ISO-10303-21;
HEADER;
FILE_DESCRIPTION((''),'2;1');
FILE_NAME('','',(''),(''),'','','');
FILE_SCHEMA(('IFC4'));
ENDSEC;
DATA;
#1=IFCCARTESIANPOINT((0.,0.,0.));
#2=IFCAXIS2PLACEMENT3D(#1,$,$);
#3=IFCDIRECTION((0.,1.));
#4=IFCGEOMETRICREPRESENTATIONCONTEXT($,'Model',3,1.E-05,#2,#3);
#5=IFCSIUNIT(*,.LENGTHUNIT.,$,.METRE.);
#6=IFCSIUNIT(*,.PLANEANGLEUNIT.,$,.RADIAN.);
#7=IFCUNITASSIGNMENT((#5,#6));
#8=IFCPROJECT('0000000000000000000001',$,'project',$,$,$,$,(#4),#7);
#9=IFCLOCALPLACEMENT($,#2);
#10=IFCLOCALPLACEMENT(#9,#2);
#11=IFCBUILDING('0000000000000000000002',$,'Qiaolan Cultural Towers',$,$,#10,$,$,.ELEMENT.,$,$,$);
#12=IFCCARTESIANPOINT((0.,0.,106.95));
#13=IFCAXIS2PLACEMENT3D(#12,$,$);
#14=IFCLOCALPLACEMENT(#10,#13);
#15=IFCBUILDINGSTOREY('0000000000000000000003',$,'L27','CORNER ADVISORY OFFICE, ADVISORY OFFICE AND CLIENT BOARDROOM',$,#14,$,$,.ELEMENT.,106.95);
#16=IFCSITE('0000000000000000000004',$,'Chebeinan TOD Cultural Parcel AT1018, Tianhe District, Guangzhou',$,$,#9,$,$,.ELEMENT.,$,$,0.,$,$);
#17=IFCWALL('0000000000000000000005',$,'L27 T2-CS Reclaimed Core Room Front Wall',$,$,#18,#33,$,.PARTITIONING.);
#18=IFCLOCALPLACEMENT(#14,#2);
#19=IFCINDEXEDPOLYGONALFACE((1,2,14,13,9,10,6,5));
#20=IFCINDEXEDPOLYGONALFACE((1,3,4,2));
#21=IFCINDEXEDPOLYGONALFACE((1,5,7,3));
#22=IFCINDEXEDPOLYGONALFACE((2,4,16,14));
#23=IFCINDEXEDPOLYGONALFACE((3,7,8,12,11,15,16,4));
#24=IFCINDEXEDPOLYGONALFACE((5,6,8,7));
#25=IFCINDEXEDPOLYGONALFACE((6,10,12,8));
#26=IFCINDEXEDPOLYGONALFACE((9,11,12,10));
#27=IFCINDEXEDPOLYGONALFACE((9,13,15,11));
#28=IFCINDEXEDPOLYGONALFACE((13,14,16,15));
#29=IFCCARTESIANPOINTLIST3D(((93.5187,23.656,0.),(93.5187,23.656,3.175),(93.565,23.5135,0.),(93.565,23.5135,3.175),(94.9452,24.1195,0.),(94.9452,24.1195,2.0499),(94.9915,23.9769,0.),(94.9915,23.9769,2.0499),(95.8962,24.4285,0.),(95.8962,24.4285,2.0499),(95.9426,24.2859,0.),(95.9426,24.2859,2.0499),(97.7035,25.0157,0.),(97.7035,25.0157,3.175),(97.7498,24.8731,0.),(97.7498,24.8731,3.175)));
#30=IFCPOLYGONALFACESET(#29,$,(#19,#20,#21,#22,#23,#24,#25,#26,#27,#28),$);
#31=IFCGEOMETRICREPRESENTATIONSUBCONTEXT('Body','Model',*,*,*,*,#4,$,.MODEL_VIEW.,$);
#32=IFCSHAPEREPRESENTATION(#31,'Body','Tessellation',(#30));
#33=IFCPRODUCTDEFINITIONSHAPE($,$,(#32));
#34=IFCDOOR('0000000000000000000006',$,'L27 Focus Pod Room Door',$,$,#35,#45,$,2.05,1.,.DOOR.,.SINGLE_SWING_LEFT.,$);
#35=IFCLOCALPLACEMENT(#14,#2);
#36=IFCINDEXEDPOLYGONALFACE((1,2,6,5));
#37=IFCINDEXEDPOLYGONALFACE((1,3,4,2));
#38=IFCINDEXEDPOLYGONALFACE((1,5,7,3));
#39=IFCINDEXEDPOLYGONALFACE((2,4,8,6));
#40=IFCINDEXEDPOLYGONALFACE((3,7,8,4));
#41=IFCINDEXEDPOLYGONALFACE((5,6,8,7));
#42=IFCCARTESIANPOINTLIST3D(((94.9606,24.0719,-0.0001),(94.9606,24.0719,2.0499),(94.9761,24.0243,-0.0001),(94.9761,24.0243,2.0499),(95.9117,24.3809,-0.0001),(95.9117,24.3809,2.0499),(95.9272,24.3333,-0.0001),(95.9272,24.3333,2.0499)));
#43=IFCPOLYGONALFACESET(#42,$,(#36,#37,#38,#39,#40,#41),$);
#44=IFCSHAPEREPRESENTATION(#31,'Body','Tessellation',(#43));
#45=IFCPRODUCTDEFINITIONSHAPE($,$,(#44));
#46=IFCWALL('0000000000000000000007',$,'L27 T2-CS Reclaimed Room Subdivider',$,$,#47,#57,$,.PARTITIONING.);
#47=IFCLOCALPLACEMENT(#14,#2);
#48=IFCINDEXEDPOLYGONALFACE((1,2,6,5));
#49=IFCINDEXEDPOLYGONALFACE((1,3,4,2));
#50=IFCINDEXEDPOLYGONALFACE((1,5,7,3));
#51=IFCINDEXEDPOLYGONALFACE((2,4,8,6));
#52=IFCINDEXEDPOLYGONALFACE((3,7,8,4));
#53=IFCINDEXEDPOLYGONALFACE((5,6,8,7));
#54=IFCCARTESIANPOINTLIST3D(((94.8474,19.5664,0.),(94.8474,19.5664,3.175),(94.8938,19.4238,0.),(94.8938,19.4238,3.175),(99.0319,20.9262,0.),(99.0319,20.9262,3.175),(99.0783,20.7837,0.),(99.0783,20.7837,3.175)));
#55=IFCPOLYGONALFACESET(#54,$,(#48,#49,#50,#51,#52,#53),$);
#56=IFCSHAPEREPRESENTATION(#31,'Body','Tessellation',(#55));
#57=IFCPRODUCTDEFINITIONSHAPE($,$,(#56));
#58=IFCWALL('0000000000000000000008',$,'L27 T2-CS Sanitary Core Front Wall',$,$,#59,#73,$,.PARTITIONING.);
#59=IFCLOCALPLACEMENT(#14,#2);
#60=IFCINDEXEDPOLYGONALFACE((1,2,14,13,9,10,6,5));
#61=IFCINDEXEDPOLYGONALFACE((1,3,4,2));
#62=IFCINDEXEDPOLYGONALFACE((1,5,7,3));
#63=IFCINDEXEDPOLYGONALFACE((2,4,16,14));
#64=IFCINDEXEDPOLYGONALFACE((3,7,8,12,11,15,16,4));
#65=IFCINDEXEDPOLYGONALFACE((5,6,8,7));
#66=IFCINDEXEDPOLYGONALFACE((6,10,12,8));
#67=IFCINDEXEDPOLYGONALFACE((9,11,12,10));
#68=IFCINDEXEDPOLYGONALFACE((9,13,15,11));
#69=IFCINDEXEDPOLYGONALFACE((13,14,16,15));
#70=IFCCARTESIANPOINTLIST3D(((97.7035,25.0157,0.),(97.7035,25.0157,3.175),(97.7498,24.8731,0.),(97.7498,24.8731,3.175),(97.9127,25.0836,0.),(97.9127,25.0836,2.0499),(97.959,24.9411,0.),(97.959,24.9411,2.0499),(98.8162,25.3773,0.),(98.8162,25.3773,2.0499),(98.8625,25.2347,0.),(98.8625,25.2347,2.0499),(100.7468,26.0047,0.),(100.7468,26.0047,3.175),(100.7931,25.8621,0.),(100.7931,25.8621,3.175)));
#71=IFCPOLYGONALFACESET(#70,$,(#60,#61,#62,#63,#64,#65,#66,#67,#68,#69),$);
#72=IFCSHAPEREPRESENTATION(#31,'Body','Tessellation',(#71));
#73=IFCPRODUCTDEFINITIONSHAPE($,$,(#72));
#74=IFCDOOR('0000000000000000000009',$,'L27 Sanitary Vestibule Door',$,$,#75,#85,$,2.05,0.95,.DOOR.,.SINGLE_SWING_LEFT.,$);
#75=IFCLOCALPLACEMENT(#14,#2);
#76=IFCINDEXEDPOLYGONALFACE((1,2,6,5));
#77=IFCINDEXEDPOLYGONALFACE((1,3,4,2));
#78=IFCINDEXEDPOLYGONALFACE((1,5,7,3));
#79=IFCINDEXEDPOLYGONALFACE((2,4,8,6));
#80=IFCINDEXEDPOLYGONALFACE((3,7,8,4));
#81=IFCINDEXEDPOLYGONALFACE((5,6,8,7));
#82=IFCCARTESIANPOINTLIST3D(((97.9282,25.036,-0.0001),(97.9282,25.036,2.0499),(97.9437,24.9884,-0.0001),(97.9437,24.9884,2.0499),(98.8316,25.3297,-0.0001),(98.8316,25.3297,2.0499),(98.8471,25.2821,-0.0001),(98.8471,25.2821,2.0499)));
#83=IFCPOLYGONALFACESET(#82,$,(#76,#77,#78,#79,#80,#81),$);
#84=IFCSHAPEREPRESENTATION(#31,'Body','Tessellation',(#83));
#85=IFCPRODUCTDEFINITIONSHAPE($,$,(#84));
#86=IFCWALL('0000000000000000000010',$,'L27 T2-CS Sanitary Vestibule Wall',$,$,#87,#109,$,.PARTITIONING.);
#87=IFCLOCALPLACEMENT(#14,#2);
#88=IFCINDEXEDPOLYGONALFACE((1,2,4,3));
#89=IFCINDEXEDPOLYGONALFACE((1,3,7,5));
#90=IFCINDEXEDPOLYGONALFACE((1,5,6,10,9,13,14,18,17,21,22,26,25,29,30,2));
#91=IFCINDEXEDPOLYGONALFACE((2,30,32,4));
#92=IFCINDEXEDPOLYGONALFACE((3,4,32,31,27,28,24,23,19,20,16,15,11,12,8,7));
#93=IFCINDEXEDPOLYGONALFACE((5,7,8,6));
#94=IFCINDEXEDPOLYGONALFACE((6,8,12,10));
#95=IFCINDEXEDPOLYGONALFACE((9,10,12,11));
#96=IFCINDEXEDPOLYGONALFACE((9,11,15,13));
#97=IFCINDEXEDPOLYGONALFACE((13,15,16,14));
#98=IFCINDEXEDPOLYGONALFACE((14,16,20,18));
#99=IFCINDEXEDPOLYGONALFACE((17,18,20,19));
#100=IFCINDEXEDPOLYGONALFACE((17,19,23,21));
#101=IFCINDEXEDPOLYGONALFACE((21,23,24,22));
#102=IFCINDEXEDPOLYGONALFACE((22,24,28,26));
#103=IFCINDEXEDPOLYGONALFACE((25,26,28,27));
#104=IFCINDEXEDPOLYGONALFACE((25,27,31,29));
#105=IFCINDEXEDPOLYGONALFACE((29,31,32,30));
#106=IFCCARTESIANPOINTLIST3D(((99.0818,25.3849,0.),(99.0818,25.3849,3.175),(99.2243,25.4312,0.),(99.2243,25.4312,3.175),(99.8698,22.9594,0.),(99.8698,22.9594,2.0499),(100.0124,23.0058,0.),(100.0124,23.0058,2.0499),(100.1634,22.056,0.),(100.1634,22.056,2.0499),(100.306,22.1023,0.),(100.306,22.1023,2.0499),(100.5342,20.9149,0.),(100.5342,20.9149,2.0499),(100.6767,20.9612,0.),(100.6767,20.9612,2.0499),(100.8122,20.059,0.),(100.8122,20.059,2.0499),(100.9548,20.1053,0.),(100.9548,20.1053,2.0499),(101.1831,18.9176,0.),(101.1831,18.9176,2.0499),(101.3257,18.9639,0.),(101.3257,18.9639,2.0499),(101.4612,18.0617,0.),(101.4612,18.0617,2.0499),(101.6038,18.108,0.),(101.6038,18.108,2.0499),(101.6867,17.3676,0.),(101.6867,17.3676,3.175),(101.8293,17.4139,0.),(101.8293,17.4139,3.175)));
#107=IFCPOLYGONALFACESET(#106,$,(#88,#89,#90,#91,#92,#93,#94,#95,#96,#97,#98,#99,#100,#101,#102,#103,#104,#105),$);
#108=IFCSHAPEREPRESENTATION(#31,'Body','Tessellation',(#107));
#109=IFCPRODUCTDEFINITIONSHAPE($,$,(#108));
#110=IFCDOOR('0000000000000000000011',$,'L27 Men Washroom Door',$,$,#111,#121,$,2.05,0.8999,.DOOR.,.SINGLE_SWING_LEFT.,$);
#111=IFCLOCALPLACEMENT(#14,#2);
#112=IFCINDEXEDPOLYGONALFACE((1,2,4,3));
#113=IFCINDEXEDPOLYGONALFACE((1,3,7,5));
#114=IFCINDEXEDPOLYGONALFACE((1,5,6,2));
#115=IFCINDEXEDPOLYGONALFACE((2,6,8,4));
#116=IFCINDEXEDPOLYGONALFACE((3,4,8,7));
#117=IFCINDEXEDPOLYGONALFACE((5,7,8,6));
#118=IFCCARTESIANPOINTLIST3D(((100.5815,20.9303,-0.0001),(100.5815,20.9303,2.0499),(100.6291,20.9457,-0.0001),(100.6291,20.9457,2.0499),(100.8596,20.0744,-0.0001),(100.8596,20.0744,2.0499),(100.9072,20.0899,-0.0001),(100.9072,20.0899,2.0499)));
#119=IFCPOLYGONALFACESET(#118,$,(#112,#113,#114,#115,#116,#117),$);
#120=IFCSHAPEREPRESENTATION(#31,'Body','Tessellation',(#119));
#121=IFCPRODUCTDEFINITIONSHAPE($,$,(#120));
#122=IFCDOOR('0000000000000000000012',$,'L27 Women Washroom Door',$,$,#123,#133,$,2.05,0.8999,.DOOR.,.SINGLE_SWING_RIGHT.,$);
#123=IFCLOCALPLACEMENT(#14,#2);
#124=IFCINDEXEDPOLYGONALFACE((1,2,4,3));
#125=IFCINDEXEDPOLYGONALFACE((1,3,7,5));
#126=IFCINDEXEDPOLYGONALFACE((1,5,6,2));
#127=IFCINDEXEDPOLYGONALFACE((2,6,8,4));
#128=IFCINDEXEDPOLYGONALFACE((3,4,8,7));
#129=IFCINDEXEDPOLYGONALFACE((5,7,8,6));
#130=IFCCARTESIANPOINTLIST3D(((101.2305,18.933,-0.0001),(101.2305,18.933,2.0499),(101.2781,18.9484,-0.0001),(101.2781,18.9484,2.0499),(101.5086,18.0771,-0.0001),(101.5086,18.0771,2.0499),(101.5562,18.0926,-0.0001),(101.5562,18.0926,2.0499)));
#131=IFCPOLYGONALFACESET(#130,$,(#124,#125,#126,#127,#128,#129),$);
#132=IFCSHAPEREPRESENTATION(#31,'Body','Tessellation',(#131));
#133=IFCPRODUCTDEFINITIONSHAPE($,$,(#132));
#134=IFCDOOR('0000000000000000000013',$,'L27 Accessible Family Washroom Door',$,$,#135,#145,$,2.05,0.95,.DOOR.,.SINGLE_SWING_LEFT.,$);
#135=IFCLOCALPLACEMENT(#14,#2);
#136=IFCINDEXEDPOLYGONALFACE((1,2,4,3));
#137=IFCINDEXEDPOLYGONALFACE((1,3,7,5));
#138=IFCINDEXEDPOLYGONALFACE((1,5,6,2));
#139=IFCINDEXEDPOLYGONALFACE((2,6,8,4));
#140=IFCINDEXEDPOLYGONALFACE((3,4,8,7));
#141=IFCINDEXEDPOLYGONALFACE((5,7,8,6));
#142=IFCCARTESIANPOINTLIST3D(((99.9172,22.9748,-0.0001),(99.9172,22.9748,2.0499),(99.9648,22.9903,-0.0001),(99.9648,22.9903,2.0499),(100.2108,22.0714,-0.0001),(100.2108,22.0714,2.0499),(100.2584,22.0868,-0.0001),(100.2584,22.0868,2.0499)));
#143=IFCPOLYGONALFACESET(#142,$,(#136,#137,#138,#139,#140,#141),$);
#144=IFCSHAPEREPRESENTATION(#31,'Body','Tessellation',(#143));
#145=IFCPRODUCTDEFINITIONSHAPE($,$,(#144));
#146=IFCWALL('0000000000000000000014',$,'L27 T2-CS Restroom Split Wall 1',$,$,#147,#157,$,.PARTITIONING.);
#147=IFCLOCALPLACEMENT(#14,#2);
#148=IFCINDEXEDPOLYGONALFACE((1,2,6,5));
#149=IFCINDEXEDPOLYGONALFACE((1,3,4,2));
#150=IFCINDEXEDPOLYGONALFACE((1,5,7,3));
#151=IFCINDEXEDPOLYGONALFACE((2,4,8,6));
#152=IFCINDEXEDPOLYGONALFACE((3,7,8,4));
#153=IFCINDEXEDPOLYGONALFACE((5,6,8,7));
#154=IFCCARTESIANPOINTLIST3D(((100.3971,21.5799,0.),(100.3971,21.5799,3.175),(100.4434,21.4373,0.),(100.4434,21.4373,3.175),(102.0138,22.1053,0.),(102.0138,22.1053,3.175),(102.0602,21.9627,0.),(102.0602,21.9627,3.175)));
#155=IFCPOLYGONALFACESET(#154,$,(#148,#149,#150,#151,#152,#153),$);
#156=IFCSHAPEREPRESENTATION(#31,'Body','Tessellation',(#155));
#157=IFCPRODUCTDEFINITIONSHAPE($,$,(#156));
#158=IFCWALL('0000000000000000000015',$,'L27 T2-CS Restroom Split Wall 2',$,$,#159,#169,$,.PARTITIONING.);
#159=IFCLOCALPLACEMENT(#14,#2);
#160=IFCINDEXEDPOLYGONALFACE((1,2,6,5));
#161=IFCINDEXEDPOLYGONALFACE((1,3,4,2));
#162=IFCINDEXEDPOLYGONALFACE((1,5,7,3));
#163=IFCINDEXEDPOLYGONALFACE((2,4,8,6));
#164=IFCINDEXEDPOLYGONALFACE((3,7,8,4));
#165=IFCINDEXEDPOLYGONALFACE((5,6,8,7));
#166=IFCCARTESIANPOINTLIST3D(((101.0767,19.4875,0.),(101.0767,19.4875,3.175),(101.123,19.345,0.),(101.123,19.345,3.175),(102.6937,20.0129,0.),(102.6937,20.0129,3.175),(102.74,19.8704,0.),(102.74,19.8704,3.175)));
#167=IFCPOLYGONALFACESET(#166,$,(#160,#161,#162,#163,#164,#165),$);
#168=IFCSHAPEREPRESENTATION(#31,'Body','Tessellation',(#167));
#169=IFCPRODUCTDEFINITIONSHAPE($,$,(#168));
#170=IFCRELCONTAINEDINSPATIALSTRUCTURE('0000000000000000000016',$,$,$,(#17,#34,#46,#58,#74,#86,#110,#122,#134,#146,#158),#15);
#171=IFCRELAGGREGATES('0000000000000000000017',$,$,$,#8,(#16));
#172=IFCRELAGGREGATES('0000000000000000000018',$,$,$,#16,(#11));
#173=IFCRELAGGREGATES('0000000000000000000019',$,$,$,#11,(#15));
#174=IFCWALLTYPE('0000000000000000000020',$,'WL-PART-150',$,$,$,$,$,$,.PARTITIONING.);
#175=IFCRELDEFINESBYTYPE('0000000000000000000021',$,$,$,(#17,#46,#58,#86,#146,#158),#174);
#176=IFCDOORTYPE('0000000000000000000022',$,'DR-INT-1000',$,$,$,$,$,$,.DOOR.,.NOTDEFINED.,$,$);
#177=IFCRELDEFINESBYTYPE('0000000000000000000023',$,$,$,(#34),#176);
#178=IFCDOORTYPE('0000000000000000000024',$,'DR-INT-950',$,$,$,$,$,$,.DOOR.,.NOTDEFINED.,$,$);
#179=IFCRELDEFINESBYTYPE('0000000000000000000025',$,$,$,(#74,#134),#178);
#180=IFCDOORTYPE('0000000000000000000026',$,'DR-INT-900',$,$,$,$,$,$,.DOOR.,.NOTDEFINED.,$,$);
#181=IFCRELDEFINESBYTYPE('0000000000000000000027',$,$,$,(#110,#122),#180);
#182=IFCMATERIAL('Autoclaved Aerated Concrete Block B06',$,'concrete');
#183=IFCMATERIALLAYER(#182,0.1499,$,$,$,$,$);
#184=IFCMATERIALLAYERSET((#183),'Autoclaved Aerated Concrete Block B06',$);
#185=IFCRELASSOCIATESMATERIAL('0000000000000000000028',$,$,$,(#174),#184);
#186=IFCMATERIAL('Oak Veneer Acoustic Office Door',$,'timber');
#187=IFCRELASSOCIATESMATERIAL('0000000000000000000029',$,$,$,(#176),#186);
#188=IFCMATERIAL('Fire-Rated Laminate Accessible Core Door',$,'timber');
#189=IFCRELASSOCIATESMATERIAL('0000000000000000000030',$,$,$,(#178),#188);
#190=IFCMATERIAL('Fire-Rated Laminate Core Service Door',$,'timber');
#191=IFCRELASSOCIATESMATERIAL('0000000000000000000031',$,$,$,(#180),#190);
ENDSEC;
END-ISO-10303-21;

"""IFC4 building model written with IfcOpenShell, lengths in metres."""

from ifc_helpers import new_model, si_unit, direction, frame, frame_2d, origin, place, context, subcontext, project, spatial, rectangle, extrude, material, layer, layer_set, type_object, element, fill, save


model = new_model("IFC4")

# Units and contexts
model_context = context("Model", 3, precision=1e-05, world=origin(), true_north=direction((0.0, 1.0)))
body_context = subcontext(model_context, "Body", "Model", "MODEL_VIEW")
ifc_project = project(units=[si_unit("LENGTHUNIT", "METRE"), si_unit("PLANEANGLEUNIT", "RADIAN")], contexts=[model_context])

# Site, building, storey
site_placement = place(None, origin())
site = spatial("IfcSite", under=ifc_project, at=site_placement, Name="Chebeinan TOD Cultural Parcel AT1018, Tianhe District, Guangzhou", CompositionType="ELEMENT", RefElevation=0.0)
building_placement = place(site_placement, origin())
building = spatial("IfcBuilding", under=site, at=building_placement, Name="Qiaolan Cultural Towers", CompositionType="ELEMENT")
storey_placement = place(building_placement, frame((0.0, 0.0, 106.95)))
storey = spatial("IfcBuildingStorey", under=building, at=storey_placement, Name="L27", Description="CORNER ADVISORY OFFICE, ADVISORY OFFICE AND CLIENT BOARDROOM", CompositionType="ELEMENT", Elevation=106.95)

# Wall, opening, door
ifc_material_1 = material(Name="Autoclaved Aerated Concrete Block B06", Category="concrete")
ifc_layer_1 = layer(ifc_material_1, 0.1499)
ifc_layer_set_1 = layer_set([ifc_layer_1], Name="Autoclaved Aerated Concrete Block B06")
wall_type_1 = type_object("IfcWallType", Name="WL-PART-150", PredefinedType="PARTITIONING", material=ifc_layer_set_1)
wall_1_placement = place(storey_placement, frame((93.5417, 23.5847, 0.0), z_axis=(0.0, 0.0, 1.0), x_axis=(0.951064, 0.308994, 0.0)))
wall_1 = element("IfcWall", 1, at=wall_1_placement, inside=storey, type_object=wall_type_1, Name="L27 T2-CS Reclaimed Core Room Front Wall", PredefinedType="PARTITIONING", context=body_context, shape_type="SweptSolid", body=[
    extrude(rectangle(XDim=4.4001, YDim=0.1499, at=frame_2d((2.2002, 0.0))), origin(), (0.0, 0.0, 1.0), 3.175),
])
opening_1_placement = place(wall_1_placement, frame((1.5, 0.0, 0.0)))
opening_1 = element("IfcOpeningElement", 2, at=opening_1_placement, cuts=wall_1, PredefinedType="OPENING", context=body_context, shape_type="SweptSolid", body=[
    extrude(rectangle(XDim=1.0, YDim=2.05, at=frame_2d((0.5, 1.0249))), frame((0.0, 0.085, 0.0), z_axis=(0.0, -1.0, 0.0), x_axis=(1.0, 0.0, 0.0)), (0.0, 0.0, 1.0), 0.1699),
])
ifc_material_2 = material(Name="Oak Veneer Acoustic Office Door", Category="timber")
door_type_1 = type_object("IfcDoorType", Name="DR-INT-1000", OperationType="NOTDEFINED", PredefinedType="DOOR", material=ifc_material_2)
door_1_placement = place(opening_1_placement, origin())
door_1 = element("IfcDoor", 3, at=door_1_placement, inside=storey, type_object=door_type_1, Name="L27 Focus Pod Room Door", OperationType="SINGLE_SWING_LEFT", OverallHeight=2.05, OverallWidth=1.0, PredefinedType="DOOR", context=body_context, shape_type="SweptSolid", body=[
    extrude(rectangle(XDim=1.0, YDim=2.05, at=frame_2d((0.5, 1.0249))), frame((0.0, 0.0249, 0.0), z_axis=(0.0, -1.0, 0.0), x_axis=(1.0, 0.0, 0.0)), (0.0, 0.0, 1.0), 0.05),
])
fill(opening_1, door_1)

# Wall
wall_2_placement = place(storey_placement, frame((94.8706, 19.4951, 0.0), z_axis=(0.0, 0.0, 1.0), x_axis=(0.951042, 0.309061, 0.0)))
element("IfcWall", 4, at=wall_2_placement, inside=storey, type_object=wall_type_1, Name="L27 T2-CS Reclaimed Room Subdivider", PredefinedType="PARTITIONING", context=body_context, shape_type="SweptSolid", body=[
    extrude(rectangle(XDim=4.3999, YDim=0.1499, at=frame_2d((2.2, 0.0))), origin(), (0.0, 0.0, 1.0), 3.175),
])

# Wall, opening, door
wall_3_placement = place(storey_placement, frame((97.7266, 24.9443, 0.0), z_axis=(0.0, 0.0, 1.0), x_axis=(0.951037, 0.309077, 0.0)))
wall_3 = element("IfcWall", 5, at=wall_3_placement, inside=storey, type_object=wall_type_1, Name="L27 T2-CS Sanitary Core Front Wall", PredefinedType="PARTITIONING", context=body_context, shape_type="SweptSolid", body=[
    extrude(rectangle(XDim=3.2, YDim=0.1499, at=frame_2d((1.6001, 0.0))), origin(), (0.0, 0.0, 1.0), 3.175),
])
opening_2_placement = place(wall_3_placement, frame((0.22, 0.0, 0.0)))
opening_2 = element("IfcOpeningElement", 6, at=opening_2_placement, cuts=wall_3, PredefinedType="OPENING", context=body_context, shape_type="SweptSolid", body=[
    extrude(rectangle(XDim=0.95, YDim=2.05, at=frame_2d((0.4751, 1.0249))), frame((0.0, 0.085, 0.0), z_axis=(0.0, -1.0, 0.0), x_axis=(1.0, 0.0, 0.0)), (0.0, 0.0, 1.0), 0.1699),
])
ifc_material_3 = material(Name="Fire-Rated Laminate Accessible Core Door", Category="timber")
door_type_2 = type_object("IfcDoorType", Name="DR-INT-950", OperationType="NOTDEFINED", PredefinedType="DOOR", material=ifc_material_3)
door_2_placement = place(opening_2_placement, origin())
door_2 = element("IfcDoor", 7, at=door_2_placement, inside=storey, type_object=door_type_2, Name="L27 Sanitary Vestibule Door", OperationType="SINGLE_SWING_LEFT", OverallHeight=2.05, OverallWidth=0.95, PredefinedType="DOOR", context=body_context, shape_type="SweptSolid", body=[
    extrude(rectangle(XDim=0.95, YDim=2.05, at=frame_2d((0.4751, 1.0249))), frame((0.0, 0.0249, 0.0), z_axis=(0.0, -1.0, 0.0), x_axis=(1.0, 0.0, 0.0)), (0.0, 0.0, 1.0), 0.05),
])
fill(opening_2, door_2)

# Wall, openings, doors
wall_4_placement = place(storey_placement, frame((99.1531, 25.408, 0.0), z_axis=(0.0, 0.0, 1.0), x_axis=(0.309016, -0.951057, 0.0)))
wall_4 = element("IfcWall", 8, at=wall_4_placement, inside=storey, type_object=wall_type_1, Name="L27 T2-CS Sanitary Vestibule Wall", PredefinedType="PARTITIONING", context=body_context, shape_type="SweptSolid", body=[
    extrude(rectangle(XDim=8.4299, YDim=0.1499, at=frame_2d((4.2148, 0.0))), origin(), (0.0, 0.0, 1.0), 3.175),
])
opening_3_placement = place(wall_4_placement, frame((2.55, 0.0, 0.0)))
opening_3 = element("IfcOpeningElement", 9, at=opening_3_placement, cuts=wall_4, PredefinedType="OPENING", context=body_context, shape_type="SweptSolid", body=[
    extrude(rectangle(XDim=0.95, YDim=2.05, at=frame_2d((0.4751, 1.0249))), frame((0.0, 0.085, 0.0), z_axis=(0.0, -1.0, 0.0), x_axis=(1.0, 0.0, 0.0)), (0.0, 0.0, 1.0), 0.1699),
])
opening_4_placement = place(wall_4_placement, frame((4.7, 0.0, 0.0)))
opening_4 = element("IfcOpeningElement", 10, at=opening_4_placement, cuts=wall_4, PredefinedType="OPENING", context=body_context, shape_type="SweptSolid", body=[
    extrude(rectangle(XDim=0.8999, YDim=2.05, at=frame_2d((0.45, 1.0249))), frame((0.0, 0.085, 0.0), z_axis=(0.0, -1.0, 0.0), x_axis=(1.0, 0.0, 0.0)), (0.0, 0.0, 1.0), 0.1699),
])
opening_5_placement = place(wall_4_placement, frame((6.8, 0.0, 0.0)))
opening_5 = element("IfcOpeningElement", 11, at=opening_5_placement, cuts=wall_4, PredefinedType="OPENING", context=body_context, shape_type="SweptSolid", body=[
    extrude(rectangle(XDim=0.8999, YDim=2.05, at=frame_2d((0.45, 1.0249))), frame((0.0, 0.085, 0.0), z_axis=(0.0, -1.0, 0.0), x_axis=(1.0, 0.0, 0.0)), (0.0, 0.0, 1.0), 0.1699),
])
ifc_material_4 = material(Name="Fire-Rated Laminate Core Service Door", Category="timber")
door_type_3 = type_object("IfcDoorType", Name="DR-INT-900", OperationType="NOTDEFINED", PredefinedType="DOOR", material=ifc_material_4)
door_3_placement = place(opening_4_placement, origin())
door_3 = element("IfcDoor", 12, at=door_3_placement, inside=storey, type_object=door_type_3, Name="L27 Men Washroom Door", OperationType="SINGLE_SWING_LEFT", OverallHeight=2.05, OverallWidth=0.8999, PredefinedType="DOOR", context=body_context, shape_type="SweptSolid", body=[
    extrude(rectangle(XDim=0.8999, YDim=2.05, at=frame_2d((0.45, 1.0249))), frame((0.0, 0.0249, 0.0), z_axis=(0.0, -1.0, 0.0), x_axis=(1.0, 0.0, 0.0)), (0.0, 0.0, 1.0), 0.05),
])
fill(opening_4, door_3)
door_4_placement = place(opening_5_placement, origin())
door_4 = element("IfcDoor", 13, at=door_4_placement, inside=storey, type_object=door_type_3, Name="L27 Women Washroom Door", OperationType="SINGLE_SWING_RIGHT", OverallHeight=2.05, OverallWidth=0.8999, PredefinedType="DOOR", context=body_context, shape_type="SweptSolid", body=[
    extrude(rectangle(XDim=0.8999, YDim=2.05, at=frame_2d((0.45, 1.0249))), frame((0.0, 0.0249, 0.0), z_axis=(0.0, -1.0, 0.0), x_axis=(1.0, 0.0, 0.0)), (0.0, 0.0, 1.0), 0.05),
])
fill(opening_5, door_4)
door_5_placement = place(opening_3_placement, origin())
door_5 = element("IfcDoor", 14, at=door_5_placement, inside=storey, type_object=door_type_2, Name="L27 Accessible Family Washroom Door", OperationType="SINGLE_SWING_LEFT", OverallHeight=2.05, OverallWidth=0.95, PredefinedType="DOOR", context=body_context, shape_type="SweptSolid", body=[
    extrude(rectangle(XDim=0.95, YDim=2.05, at=frame_2d((0.4751, 1.0249))), frame((0.0, 0.0249, 0.0), z_axis=(0.0, -1.0, 0.0), x_axis=(1.0, 0.0, 0.0)), (0.0, 0.0, 1.0), 0.05),
])
fill(opening_3, door_5)

# Walls
wall_5_placement = place(storey_placement, frame((100.4202, 21.5085, 0.0), z_axis=(0.0, 0.0, 1.0), x_axis=(0.95104, 0.309067, 0.0)))
element("IfcWall", 15, at=wall_5_placement, inside=storey, type_object=wall_type_1, Name="L27 T2-CS Restroom Split Wall 1", PredefinedType="PARTITIONING", context=body_context, shape_type="SweptSolid", body=[
    extrude(rectangle(XDim=1.7, YDim=0.1499, at=frame_2d((0.8501, 0.0))), origin(), (0.0, 0.0, 1.0), 3.175),
])
wall_6_placement = place(storey_placement, frame((101.0999, 19.4163, 0.0), z_axis=(0.0, 0.0, 1.0), x_axis=(0.951054, 0.309024, 0.0)))
element("IfcWall", 16, at=wall_6_placement, inside=storey, type_object=wall_type_1, Name="L27 T2-CS Restroom Split Wall 2", PredefinedType="PARTITIONING", context=body_context, shape_type="SweptSolid", body=[
    extrude(rectangle(XDim=1.7002, YDim=0.1499, at=frame_2d((0.8501, 0.0))), origin(), (0.0, 0.0, 1.0), 3.175),
])

save(model, "model.ifc")
